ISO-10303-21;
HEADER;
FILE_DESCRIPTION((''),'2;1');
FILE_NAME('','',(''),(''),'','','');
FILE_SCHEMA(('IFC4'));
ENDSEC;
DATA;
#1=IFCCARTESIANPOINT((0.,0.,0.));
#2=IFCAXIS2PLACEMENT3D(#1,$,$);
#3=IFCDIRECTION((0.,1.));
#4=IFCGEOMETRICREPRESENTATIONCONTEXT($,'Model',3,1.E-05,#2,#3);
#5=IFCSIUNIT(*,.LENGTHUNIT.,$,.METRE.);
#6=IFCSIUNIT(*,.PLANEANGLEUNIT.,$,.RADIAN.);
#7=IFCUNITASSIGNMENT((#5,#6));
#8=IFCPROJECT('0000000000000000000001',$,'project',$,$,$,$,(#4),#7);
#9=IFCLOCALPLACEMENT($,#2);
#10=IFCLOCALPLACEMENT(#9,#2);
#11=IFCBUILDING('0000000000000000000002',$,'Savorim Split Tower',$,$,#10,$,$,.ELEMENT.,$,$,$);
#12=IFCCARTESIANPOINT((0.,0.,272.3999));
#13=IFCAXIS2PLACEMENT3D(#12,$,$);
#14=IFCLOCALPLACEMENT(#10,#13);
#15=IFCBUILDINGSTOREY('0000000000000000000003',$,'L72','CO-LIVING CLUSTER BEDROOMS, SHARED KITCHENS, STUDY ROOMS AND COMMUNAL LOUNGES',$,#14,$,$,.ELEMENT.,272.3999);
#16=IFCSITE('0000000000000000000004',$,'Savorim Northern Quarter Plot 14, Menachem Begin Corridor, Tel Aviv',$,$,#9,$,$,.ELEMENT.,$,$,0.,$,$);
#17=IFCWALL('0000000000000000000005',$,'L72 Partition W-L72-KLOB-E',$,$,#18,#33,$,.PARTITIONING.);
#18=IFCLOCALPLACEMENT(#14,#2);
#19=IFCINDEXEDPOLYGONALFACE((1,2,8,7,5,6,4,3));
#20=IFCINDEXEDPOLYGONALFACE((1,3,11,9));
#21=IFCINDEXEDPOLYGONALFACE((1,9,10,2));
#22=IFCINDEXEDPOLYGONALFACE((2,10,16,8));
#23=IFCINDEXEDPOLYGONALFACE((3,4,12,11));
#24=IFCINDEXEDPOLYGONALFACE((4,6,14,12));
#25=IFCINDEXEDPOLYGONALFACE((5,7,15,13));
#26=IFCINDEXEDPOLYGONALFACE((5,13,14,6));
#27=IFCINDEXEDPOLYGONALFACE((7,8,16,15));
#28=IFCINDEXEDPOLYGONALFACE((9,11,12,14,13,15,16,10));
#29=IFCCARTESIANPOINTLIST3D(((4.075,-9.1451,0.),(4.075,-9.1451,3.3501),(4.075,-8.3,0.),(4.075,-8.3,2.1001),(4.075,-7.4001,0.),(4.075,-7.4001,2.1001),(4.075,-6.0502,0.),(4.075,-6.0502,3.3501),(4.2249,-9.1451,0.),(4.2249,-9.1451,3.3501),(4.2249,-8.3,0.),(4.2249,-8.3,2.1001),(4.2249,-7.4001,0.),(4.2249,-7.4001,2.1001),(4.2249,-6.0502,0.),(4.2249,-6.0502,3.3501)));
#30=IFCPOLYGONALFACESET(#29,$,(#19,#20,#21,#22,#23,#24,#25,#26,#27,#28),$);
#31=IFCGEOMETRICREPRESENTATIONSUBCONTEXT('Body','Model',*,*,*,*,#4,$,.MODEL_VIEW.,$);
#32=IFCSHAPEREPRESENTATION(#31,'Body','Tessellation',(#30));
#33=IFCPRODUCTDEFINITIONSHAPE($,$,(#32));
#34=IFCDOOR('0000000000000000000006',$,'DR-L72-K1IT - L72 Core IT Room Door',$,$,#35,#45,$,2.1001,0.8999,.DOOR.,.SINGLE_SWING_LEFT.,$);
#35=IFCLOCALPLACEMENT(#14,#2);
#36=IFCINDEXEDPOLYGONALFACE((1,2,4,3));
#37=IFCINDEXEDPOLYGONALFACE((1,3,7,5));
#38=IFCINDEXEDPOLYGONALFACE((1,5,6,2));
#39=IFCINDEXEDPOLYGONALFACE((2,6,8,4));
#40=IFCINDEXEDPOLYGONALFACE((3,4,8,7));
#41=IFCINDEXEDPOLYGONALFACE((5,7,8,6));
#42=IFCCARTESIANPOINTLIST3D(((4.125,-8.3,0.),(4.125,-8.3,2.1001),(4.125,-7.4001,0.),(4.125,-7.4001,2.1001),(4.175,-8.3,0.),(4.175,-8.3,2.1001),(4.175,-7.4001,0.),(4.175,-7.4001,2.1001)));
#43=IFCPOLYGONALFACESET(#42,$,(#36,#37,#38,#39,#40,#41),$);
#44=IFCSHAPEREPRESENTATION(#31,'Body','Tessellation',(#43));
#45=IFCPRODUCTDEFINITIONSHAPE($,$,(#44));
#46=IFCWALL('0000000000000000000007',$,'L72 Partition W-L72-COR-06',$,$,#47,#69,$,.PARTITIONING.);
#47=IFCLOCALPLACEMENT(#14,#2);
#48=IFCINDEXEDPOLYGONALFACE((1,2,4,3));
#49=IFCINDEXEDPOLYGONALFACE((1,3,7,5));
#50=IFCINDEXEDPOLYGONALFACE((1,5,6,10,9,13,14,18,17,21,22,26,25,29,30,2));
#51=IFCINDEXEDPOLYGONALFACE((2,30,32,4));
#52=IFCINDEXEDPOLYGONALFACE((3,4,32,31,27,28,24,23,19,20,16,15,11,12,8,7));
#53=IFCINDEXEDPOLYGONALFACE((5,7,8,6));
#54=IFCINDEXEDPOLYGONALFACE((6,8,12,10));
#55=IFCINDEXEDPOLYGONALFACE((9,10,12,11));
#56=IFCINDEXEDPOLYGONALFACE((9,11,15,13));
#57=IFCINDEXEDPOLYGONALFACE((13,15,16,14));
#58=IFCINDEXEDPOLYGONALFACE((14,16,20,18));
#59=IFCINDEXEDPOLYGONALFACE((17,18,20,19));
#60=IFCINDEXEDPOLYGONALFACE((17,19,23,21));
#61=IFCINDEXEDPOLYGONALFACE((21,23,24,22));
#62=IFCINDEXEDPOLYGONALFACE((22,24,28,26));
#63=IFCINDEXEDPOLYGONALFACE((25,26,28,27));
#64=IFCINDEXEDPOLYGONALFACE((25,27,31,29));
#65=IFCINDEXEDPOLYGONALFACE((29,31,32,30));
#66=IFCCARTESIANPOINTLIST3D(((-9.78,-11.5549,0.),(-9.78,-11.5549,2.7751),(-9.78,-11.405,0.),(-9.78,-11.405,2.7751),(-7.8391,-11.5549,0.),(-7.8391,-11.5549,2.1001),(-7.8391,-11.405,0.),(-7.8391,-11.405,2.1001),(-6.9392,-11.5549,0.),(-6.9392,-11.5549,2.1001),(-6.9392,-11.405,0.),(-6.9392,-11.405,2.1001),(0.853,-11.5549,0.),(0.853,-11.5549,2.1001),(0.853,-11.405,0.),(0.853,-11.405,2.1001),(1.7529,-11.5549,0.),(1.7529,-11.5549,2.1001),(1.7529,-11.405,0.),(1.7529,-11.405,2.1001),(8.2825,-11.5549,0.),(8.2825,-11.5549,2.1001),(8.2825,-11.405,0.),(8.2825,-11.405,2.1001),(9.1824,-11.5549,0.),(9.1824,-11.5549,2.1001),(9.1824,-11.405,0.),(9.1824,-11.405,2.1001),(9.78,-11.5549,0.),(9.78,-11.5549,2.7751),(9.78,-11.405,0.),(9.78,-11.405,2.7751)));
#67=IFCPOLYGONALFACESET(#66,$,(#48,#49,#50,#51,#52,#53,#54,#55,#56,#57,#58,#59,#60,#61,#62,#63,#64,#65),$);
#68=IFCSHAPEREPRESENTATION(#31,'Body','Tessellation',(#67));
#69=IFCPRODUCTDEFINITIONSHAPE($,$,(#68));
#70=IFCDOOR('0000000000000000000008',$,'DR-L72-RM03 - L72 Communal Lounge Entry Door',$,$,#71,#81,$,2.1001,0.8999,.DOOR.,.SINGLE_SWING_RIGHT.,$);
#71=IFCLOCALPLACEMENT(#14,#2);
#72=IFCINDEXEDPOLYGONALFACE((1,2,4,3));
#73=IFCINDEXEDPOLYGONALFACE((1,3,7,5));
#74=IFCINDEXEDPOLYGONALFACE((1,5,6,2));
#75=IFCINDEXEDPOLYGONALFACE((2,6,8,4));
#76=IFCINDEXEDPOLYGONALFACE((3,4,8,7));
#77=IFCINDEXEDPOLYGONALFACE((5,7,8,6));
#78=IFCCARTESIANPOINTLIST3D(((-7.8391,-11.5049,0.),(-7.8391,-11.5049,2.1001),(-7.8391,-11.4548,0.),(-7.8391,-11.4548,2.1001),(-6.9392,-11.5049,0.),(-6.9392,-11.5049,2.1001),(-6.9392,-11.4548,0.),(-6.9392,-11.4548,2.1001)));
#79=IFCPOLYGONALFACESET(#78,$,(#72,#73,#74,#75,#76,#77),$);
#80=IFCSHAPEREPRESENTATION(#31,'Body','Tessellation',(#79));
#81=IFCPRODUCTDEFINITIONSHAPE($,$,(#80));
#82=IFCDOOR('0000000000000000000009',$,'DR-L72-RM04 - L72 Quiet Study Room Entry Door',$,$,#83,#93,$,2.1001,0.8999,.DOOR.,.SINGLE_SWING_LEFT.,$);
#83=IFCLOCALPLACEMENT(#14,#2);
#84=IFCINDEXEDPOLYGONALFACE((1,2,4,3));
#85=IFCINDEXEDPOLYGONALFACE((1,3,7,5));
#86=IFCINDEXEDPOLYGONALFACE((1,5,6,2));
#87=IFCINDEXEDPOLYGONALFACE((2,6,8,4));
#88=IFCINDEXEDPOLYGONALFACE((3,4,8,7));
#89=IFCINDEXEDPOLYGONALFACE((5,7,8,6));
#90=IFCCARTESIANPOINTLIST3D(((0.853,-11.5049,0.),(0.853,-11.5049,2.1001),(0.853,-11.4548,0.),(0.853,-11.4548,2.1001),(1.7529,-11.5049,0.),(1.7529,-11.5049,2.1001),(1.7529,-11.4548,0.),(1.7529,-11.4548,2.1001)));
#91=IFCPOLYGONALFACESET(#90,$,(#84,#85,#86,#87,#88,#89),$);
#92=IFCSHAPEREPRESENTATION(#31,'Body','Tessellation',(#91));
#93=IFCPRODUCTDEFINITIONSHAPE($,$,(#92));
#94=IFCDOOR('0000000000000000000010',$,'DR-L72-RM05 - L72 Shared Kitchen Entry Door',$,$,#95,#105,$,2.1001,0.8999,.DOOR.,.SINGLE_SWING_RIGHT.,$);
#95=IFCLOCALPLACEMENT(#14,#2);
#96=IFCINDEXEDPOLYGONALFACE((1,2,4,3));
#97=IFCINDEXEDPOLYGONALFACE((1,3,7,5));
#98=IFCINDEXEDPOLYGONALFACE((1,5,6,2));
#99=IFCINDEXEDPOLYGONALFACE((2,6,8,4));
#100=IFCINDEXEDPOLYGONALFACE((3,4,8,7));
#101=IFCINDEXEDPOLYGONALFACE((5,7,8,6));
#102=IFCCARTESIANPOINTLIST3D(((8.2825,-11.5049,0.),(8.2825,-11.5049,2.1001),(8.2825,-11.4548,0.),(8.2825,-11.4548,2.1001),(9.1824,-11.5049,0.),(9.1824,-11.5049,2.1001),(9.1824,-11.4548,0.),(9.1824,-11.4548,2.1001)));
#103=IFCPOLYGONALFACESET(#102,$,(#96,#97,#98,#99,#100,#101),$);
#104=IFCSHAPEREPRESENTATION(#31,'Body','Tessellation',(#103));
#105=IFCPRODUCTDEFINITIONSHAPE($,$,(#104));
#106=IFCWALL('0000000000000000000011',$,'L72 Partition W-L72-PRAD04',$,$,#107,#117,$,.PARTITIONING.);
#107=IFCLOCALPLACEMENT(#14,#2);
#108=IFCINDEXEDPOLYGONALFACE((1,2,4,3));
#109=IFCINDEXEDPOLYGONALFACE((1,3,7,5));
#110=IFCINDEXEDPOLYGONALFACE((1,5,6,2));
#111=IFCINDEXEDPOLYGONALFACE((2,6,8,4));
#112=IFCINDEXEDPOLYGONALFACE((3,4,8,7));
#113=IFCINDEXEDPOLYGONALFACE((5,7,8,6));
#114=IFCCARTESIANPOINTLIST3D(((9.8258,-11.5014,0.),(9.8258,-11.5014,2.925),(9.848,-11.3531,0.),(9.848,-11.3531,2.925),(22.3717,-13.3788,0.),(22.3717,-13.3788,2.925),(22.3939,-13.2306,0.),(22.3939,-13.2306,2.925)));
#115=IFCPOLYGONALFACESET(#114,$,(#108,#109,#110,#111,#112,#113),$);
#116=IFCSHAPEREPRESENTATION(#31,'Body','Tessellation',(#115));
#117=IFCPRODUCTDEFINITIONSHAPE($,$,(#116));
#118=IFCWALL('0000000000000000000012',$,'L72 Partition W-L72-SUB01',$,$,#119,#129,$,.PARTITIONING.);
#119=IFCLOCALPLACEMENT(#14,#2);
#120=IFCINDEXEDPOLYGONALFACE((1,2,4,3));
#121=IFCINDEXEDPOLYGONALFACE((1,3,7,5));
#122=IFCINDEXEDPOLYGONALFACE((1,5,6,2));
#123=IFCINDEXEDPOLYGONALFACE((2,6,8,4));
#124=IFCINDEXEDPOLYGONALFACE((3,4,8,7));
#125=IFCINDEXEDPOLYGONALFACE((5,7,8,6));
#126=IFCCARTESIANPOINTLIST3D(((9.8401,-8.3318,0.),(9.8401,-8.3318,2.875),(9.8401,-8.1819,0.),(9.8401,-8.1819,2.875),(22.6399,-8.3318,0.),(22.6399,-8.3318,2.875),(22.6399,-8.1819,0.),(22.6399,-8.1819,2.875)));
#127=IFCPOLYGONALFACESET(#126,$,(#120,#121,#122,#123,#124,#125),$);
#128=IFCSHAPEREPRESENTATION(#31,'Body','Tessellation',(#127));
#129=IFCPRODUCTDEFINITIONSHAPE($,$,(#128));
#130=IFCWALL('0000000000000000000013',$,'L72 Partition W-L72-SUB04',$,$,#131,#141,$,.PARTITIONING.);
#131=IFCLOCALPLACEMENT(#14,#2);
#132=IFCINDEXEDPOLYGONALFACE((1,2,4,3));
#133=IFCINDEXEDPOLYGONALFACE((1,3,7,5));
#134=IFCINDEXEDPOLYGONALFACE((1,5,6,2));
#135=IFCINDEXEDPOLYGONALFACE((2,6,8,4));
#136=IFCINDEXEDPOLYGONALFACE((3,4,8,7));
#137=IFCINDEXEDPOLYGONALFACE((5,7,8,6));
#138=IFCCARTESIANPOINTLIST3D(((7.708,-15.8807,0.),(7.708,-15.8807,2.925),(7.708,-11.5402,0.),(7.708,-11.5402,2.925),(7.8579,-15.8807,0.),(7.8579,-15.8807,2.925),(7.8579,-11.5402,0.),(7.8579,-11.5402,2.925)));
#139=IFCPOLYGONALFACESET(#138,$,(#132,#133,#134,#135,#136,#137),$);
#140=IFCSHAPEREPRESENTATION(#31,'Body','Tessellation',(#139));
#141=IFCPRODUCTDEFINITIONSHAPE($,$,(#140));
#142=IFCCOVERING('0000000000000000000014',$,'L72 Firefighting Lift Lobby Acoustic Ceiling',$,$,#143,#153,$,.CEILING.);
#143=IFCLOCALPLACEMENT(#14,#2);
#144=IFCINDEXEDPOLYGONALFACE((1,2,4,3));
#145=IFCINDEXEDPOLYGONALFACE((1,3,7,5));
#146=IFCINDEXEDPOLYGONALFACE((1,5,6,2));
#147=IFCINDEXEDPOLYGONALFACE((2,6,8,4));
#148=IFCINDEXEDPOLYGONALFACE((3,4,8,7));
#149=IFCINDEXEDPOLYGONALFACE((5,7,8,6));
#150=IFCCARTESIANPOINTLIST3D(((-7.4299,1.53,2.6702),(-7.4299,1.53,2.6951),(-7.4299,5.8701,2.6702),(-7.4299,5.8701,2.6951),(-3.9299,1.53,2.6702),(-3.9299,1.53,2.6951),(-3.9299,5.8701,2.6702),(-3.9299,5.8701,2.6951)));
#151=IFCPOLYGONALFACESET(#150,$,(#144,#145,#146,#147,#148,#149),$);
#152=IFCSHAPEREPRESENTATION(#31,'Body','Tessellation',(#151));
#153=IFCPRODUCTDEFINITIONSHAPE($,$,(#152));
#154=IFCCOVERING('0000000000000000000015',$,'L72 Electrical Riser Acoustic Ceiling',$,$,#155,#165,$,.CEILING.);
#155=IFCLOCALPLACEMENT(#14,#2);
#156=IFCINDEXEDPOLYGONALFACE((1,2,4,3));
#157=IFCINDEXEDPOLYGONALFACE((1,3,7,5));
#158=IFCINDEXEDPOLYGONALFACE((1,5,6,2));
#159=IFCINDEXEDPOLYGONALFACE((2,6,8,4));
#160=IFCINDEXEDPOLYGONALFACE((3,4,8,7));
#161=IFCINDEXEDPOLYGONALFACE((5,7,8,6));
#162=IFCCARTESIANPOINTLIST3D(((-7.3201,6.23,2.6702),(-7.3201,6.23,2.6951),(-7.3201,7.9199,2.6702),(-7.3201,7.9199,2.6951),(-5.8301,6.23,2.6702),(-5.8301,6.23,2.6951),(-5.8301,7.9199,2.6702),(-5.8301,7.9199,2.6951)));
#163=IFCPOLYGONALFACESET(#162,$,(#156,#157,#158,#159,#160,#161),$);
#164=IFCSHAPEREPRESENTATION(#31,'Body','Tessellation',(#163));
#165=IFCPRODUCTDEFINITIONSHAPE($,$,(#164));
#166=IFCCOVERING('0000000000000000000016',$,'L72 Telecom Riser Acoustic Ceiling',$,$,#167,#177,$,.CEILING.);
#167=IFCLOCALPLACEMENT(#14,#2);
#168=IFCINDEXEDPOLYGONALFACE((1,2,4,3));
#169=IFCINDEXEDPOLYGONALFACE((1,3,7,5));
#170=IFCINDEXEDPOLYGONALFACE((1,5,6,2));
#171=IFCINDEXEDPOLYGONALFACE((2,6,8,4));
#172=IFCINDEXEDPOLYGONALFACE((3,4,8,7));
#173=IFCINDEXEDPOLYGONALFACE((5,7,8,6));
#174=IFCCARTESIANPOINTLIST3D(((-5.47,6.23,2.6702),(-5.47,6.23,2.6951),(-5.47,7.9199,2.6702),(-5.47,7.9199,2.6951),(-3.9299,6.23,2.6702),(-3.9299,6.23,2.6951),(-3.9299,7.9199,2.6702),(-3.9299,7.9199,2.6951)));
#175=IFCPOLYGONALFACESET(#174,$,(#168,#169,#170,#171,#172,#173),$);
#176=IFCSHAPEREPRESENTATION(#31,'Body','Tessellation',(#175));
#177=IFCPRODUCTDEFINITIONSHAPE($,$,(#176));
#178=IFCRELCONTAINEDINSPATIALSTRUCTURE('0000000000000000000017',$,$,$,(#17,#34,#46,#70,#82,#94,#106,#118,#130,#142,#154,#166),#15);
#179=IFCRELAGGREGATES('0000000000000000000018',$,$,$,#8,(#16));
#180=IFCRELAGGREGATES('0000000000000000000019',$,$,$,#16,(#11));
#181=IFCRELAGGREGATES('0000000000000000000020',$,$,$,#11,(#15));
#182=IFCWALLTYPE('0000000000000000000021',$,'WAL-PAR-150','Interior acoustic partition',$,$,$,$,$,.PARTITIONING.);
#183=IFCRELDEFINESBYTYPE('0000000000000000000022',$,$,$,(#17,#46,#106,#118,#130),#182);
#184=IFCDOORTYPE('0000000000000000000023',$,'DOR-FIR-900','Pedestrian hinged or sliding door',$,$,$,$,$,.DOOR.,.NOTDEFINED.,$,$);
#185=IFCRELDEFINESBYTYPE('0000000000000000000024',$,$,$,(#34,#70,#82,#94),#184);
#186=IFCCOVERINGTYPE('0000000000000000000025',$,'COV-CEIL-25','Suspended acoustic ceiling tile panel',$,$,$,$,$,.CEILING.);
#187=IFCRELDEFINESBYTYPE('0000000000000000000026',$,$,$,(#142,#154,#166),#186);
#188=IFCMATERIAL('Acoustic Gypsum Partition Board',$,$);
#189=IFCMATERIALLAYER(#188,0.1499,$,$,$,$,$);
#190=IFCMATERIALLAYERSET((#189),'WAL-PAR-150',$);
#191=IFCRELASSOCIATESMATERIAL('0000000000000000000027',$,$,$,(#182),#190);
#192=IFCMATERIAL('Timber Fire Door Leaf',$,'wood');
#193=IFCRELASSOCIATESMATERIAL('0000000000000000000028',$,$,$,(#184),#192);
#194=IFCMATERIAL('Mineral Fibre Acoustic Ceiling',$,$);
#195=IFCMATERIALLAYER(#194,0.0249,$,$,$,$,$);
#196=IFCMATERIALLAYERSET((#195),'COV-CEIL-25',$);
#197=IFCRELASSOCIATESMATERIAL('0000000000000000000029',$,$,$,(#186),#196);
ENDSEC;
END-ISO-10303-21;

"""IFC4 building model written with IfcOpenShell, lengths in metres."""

from ifc_helpers import new_model, si_unit, direction, frame, frame_2d, origin, place, context, subcontext, project, spatial, polyline, rectangle, outline, extrude, material, layer, layer_set, type_object, element, fill, save


model = new_model("IFC4")

# Units and contexts
model_context = context("Model", 3, precision=1e-05, world=origin(), true_north=direction((0.0, 1.0)))
body_context = subcontext(model_context, "Body", "Model", "MODEL_VIEW")
ifc_project = project(units=[si_unit("LENGTHUNIT", "METRE"), si_unit("PLANEANGLEUNIT", "RADIAN")], contexts=[model_context])

# Site, building, storey
site_placement = place(None, origin())
site = spatial("IfcSite", under=ifc_project, at=site_placement, Name="Savorim Northern Quarter Plot 14, Menachem Begin Corridor, Tel Aviv", CompositionType="ELEMENT", RefElevation=0.0)
building_placement = place(site_placement, origin())
building = spatial("IfcBuilding", under=site, at=building_placement, Name="Savorim Split Tower", CompositionType="ELEMENT")
storey_placement = place(building_placement, frame((0.0, 0.0, 272.3999)))
storey = spatial("IfcBuildingStorey", under=building, at=storey_placement, Name="L72", Description="CO-LIVING CLUSTER BEDROOMS, SHARED KITCHENS, STUDY ROOMS AND COMMUNAL LOUNGES", CompositionType="ELEMENT", Elevation=272.3999)

# Shared definitions
ifc_material_1 = material(Name="Timber Fire Door Leaf", Category="wood")

# Wall, opening, door
ifc_material_2 = material(Name="Acoustic Gypsum Partition Board")
ifc_layer_1 = layer(ifc_material_2, 0.1499)
ifc_layer_set_1 = layer_set([ifc_layer_1], Name="WAL-PAR-150")
wall_type_1 = type_object("IfcWallType", Name="WAL-PAR-150", Description="Interior acoustic partition", PredefinedType="PARTITIONING", material=ifc_layer_set_1)
wall_1_placement = place(storey_placement, frame((4.1499, -9.145, 0.0), z_axis=(0.0, 0.0, 1.0), x_axis=(0.0, 1.0, 0.0)))
wall_1 = element("IfcWall", 1, at=wall_1_placement, inside=storey, type_object=wall_type_1, Name="L72 Partition W-L72-KLOB-E", PredefinedType="PARTITIONING", context=body_context, shape_type="SweptSolid", body=[
    extrude(rectangle(XDim=3.095, YDim=0.1499, at=frame_2d((1.5474, 0.0))), origin(), (0.0, 0.0, 1.0), 3.3501),
])
opening_1_placement = place(wall_1_placement, frame((0.845, 0.0, 0.0)))
opening_1 = element("IfcOpeningElement", 2, at=opening_1_placement, cuts=wall_1, PredefinedType="OPENING", context=body_context, shape_type="SweptSolid", body=[
    extrude(rectangle(XDim=0.8999, YDim=2.1001, at=frame_2d((0.45, 1.05))), frame((0.0, 0.085, 0.0), z_axis=(0.0, -1.0, 0.0), x_axis=(1.0, 0.0, 0.0)), (0.0, 0.0, 1.0), 0.1699),
])
door_type_1 = type_object("IfcDoorType", Name="DOR-FIR-900", Description="Pedestrian hinged or sliding door", OperationType="NOTDEFINED", PredefinedType="DOOR", material=ifc_material_1)
door_1_placement = place(opening_1_placement, origin())
door_1 = element("IfcDoor", 3, at=door_1_placement, inside=storey, type_object=door_type_1, Name="DR-L72-K1IT - L72 Core IT Room Door", OperationType="SINGLE_SWING_LEFT", OverallHeight=2.1001, OverallWidth=0.8999, PredefinedType="DOOR", context=body_context, shape_type="SweptSolid", body=[
    extrude(rectangle(XDim=0.8999, YDim=2.1001, at=frame_2d((0.45, 1.05))), frame((0.0, 0.0249, 0.0), z_axis=(0.0, -1.0, 0.0), x_axis=(1.0, 0.0, 0.0)), (0.0, 0.0, 1.0), 0.05),
])
fill(opening_1, door_1)

# Wall, openings, doors
wall_2_placement = place(storey_placement, frame((9.78, -11.48, 0.0), z_axis=(0.0, 0.0, 1.0), x_axis=(-1.0, 0.0, 0.0)))
wall_2 = element("IfcWall", 4, at=wall_2_placement, inside=storey, type_object=wall_type_1, Name="L72 Partition W-L72-COR-06", PredefinedType="PARTITIONING", context=body_context, shape_type="SweptSolid", body=[
    extrude(rectangle(XDim=19.5601, YDim=0.1499, at=frame_2d((9.78, 0.0))), origin(), (0.0, 0.0, 1.0), 2.7751),
])
opening_2_placement = place(wall_2_placement, frame((16.7192, 0.0, 0.0)))
opening_2 = element("IfcOpeningElement", 5, at=opening_2_placement, cuts=wall_2, PredefinedType="OPENING", context=body_context, shape_type="SweptSolid", body=[
    extrude(rectangle(XDim=0.8999, YDim=2.1001, at=frame_2d((0.45, 1.05))), frame((0.0, 0.085, 0.0), z_axis=(0.0, -1.0, 0.0), x_axis=(1.0, 0.0, 0.0)), (0.0, 0.0, 1.0), 0.1699),
])
opening_3_placement = place(wall_2_placement, frame((8.0271, 0.0, 0.0)))
opening_3 = element("IfcOpeningElement", 6, at=opening_3_placement, cuts=wall_2, PredefinedType="OPENING", context=body_context, shape_type="SweptSolid", body=[
    extrude(rectangle(XDim=0.8999, YDim=2.1001, at=frame_2d((0.45, 1.05))), frame((0.0, 0.085, 0.0), z_axis=(0.0, -1.0, 0.0), x_axis=(1.0, 0.0, 0.0)), (0.0, 0.0, 1.0), 0.1699),
])
opening_4_placement = place(wall_2_placement, frame((0.5977, 0.0, 0.0)))
opening_4 = element("IfcOpeningElement", 7, at=opening_4_placement, cuts=wall_2, PredefinedType="OPENING", context=body_context, shape_type="SweptSolid", body=[
    extrude(rectangle(XDim=0.8999, YDim=2.1001, at=frame_2d((0.45, 1.05))), frame((0.0, 0.085, 0.0), z_axis=(0.0, -1.0, 0.0), x_axis=(1.0, 0.0, 0.0)), (0.0, 0.0, 1.0), 0.1699),
])
door_2_placement = place(opening_2_placement, origin())
door_2 = element("IfcDoor", 8, at=door_2_placement, inside=storey, type_object=door_type_1, Name="DR-L72-RM03 - L72 Communal Lounge Entry Door", OperationType="SINGLE_SWING_RIGHT", OverallHeight=2.1001, OverallWidth=0.8999, PredefinedType="DOOR", context=body_context, shape_type="SweptSolid", body=[
    extrude(rectangle(XDim=0.8999, YDim=2.1001, at=frame_2d((0.45, 1.05))), frame((0.0, 0.0249, 0.0), z_axis=(0.0, -1.0, 0.0), x_axis=(1.0, 0.0, 0.0)), (0.0, 0.0, 1.0), 0.05),
])
fill(opening_2, door_2)
door_3_placement = place(opening_3_placement, origin())
door_3 = element("IfcDoor", 9, at=door_3_placement, inside=storey, type_object=door_type_1, Name="DR-L72-RM04 - L72 Quiet Study Room Entry Door", OperationType="SINGLE_SWING_LEFT", OverallHeight=2.1001, OverallWidth=0.8999, PredefinedType="DOOR", context=body_context, shape_type="SweptSolid", body=[
    extrude(rectangle(XDim=0.8999, YDim=2.1001, at=frame_2d((0.45, 1.05))), frame((0.0, 0.0249, 0.0), z_axis=(0.0, -1.0, 0.0), x_axis=(1.0, 0.0, 0.0)), (0.0, 0.0, 1.0), 0.05),
])
fill(opening_3, door_3)
door_4_placement = place(opening_4_placement, origin())
door_4 = element("IfcDoor", 10, at=door_4_placement, inside=storey, type_object=door_type_1, Name="DR-L72-RM05 - L72 Shared Kitchen Entry Door", OperationType="SINGLE_SWING_RIGHT", OverallHeight=2.1001, OverallWidth=0.8999, PredefinedType="DOOR", context=body_context, shape_type="SweptSolid", body=[
    extrude(rectangle(XDim=0.8999, YDim=2.1001, at=frame_2d((0.45, 1.05))), frame((0.0, 0.0249, 0.0), z_axis=(0.0, -1.0, 0.0), x_axis=(1.0, 0.0, 0.0)), (0.0, 0.0, 1.0), 0.05),
])
fill(opening_4, door_4)

# Walls
wall_3_placement = place(storey_placement, frame((9.8369, -11.4272, 0.0), z_axis=(0.0, 0.0, 1.0), x_axis=(0.988988, -0.147998, 0.0)))
element("IfcWall", 11, at=wall_3_placement, inside=storey, type_object=wall_type_1, Name="L72 Partition W-L72-PRAD04", PredefinedType="PARTITIONING", context=body_context, shape_type="SweptSolid", body=[
    extrude(rectangle(XDim=12.6855, YDim=0.1499, at=frame_2d((6.3428, 0.0))), origin(), (0.0, 0.0, 1.0), 2.925),
])
wall_4_placement = place(storey_placement, frame((9.8401, -8.2568, 0.0), z_axis=(0.0, 0.0, 1.0), x_axis=(1.0, 0.0, 0.0)))
element("IfcWall", 12, at=wall_4_placement, inside=storey, type_object=wall_type_1, Name="L72 Partition W-L72-SUB01", PredefinedType="PARTITIONING", context=body_context, shape_type="SweptSolid", body=[
    extrude(rectangle(XDim=12.7998, YDim=0.1499, at=frame_2d((6.3999, 0.0))), origin(), (0.0, 0.0, 1.0), 2.875),
])
wall_5_placement = place(storey_placement, frame((7.783, -11.54, 0.0), z_axis=(0.0, 0.0, 1.0), x_axis=(0.0, -1.0, 0.0)))
element("IfcWall", 13, at=wall_5_placement, inside=storey, type_object=wall_type_1, Name="L72 Partition W-L72-SUB04", PredefinedType="PARTITIONING", context=body_context, shape_type="SweptSolid", body=[
    extrude(rectangle(XDim=4.3406, YDim=0.1499, at=frame_2d((2.1704, 0.0))), origin(), (0.0, 0.0, 1.0), 2.925),
])

# Coverings
ifc_material_3 = material(Name="Mineral Fibre Acoustic Ceiling")
ifc_layer_2 = layer(ifc_material_3, 0.0249)
ifc_layer_set_2 = layer_set([ifc_layer_2], Name="COV-CEIL-25")
covering_type_1 = type_object("IfcCoveringType", Name="COV-CEIL-25", Description="Suspended acoustic ceiling tile panel", PredefinedType="CEILING", material=ifc_layer_set_2)
covering_1_placement = place(storey_placement, frame((0.0, 0.0, 2.6702)))
element("IfcCovering", 14, at=covering_1_placement, inside=storey, type_object=covering_type_1, Name="L72 Firefighting Lift Lobby Acoustic Ceiling", PredefinedType="CEILING", context=body_context, shape_type="SweptSolid", body=[
    extrude(outline(polyline([(-7.4299, 5.8701), (-7.4299, 1.53), (-3.9299, 1.53), (-3.9299, 5.8701), (-7.4299, 5.8701)])), origin(), (0.0, 0.0, 1.0), 0.0249),
])
covering_2_placement = place(storey_placement, frame((0.0, 0.0, 2.6702)))
element("IfcCovering", 15, at=covering_2_placement, inside=storey, type_object=covering_type_1, Name="L72 Electrical Riser Acoustic Ceiling", PredefinedType="CEILING", context=body_context, shape_type="SweptSolid", body=[
    extrude(outline(polyline([(-7.3201, 7.9199), (-7.3201, 6.23), (-5.8301, 6.23), (-5.8301, 7.9199), (-7.3201, 7.9199)])), origin(), (0.0, 0.0, 1.0), 0.0249),
])
covering_3_placement = place(storey_placement, frame((0.0, 0.0, 2.6702)))
element("IfcCovering", 16, at=covering_3_placement, inside=storey, type_object=covering_type_1, Name="L72 Telecom Riser Acoustic Ceiling", PredefinedType="CEILING", context=body_context, shape_type="SweptSolid", body=[
    extrude(outline(polyline([(-5.47, 7.9199), (-5.47, 6.23), (-3.9299, 6.23), (-3.9299, 7.9199), (-5.47, 7.9199)])), origin(), (0.0, 0.0, 1.0), 0.0249),
])

save(model, "model.ifc")
